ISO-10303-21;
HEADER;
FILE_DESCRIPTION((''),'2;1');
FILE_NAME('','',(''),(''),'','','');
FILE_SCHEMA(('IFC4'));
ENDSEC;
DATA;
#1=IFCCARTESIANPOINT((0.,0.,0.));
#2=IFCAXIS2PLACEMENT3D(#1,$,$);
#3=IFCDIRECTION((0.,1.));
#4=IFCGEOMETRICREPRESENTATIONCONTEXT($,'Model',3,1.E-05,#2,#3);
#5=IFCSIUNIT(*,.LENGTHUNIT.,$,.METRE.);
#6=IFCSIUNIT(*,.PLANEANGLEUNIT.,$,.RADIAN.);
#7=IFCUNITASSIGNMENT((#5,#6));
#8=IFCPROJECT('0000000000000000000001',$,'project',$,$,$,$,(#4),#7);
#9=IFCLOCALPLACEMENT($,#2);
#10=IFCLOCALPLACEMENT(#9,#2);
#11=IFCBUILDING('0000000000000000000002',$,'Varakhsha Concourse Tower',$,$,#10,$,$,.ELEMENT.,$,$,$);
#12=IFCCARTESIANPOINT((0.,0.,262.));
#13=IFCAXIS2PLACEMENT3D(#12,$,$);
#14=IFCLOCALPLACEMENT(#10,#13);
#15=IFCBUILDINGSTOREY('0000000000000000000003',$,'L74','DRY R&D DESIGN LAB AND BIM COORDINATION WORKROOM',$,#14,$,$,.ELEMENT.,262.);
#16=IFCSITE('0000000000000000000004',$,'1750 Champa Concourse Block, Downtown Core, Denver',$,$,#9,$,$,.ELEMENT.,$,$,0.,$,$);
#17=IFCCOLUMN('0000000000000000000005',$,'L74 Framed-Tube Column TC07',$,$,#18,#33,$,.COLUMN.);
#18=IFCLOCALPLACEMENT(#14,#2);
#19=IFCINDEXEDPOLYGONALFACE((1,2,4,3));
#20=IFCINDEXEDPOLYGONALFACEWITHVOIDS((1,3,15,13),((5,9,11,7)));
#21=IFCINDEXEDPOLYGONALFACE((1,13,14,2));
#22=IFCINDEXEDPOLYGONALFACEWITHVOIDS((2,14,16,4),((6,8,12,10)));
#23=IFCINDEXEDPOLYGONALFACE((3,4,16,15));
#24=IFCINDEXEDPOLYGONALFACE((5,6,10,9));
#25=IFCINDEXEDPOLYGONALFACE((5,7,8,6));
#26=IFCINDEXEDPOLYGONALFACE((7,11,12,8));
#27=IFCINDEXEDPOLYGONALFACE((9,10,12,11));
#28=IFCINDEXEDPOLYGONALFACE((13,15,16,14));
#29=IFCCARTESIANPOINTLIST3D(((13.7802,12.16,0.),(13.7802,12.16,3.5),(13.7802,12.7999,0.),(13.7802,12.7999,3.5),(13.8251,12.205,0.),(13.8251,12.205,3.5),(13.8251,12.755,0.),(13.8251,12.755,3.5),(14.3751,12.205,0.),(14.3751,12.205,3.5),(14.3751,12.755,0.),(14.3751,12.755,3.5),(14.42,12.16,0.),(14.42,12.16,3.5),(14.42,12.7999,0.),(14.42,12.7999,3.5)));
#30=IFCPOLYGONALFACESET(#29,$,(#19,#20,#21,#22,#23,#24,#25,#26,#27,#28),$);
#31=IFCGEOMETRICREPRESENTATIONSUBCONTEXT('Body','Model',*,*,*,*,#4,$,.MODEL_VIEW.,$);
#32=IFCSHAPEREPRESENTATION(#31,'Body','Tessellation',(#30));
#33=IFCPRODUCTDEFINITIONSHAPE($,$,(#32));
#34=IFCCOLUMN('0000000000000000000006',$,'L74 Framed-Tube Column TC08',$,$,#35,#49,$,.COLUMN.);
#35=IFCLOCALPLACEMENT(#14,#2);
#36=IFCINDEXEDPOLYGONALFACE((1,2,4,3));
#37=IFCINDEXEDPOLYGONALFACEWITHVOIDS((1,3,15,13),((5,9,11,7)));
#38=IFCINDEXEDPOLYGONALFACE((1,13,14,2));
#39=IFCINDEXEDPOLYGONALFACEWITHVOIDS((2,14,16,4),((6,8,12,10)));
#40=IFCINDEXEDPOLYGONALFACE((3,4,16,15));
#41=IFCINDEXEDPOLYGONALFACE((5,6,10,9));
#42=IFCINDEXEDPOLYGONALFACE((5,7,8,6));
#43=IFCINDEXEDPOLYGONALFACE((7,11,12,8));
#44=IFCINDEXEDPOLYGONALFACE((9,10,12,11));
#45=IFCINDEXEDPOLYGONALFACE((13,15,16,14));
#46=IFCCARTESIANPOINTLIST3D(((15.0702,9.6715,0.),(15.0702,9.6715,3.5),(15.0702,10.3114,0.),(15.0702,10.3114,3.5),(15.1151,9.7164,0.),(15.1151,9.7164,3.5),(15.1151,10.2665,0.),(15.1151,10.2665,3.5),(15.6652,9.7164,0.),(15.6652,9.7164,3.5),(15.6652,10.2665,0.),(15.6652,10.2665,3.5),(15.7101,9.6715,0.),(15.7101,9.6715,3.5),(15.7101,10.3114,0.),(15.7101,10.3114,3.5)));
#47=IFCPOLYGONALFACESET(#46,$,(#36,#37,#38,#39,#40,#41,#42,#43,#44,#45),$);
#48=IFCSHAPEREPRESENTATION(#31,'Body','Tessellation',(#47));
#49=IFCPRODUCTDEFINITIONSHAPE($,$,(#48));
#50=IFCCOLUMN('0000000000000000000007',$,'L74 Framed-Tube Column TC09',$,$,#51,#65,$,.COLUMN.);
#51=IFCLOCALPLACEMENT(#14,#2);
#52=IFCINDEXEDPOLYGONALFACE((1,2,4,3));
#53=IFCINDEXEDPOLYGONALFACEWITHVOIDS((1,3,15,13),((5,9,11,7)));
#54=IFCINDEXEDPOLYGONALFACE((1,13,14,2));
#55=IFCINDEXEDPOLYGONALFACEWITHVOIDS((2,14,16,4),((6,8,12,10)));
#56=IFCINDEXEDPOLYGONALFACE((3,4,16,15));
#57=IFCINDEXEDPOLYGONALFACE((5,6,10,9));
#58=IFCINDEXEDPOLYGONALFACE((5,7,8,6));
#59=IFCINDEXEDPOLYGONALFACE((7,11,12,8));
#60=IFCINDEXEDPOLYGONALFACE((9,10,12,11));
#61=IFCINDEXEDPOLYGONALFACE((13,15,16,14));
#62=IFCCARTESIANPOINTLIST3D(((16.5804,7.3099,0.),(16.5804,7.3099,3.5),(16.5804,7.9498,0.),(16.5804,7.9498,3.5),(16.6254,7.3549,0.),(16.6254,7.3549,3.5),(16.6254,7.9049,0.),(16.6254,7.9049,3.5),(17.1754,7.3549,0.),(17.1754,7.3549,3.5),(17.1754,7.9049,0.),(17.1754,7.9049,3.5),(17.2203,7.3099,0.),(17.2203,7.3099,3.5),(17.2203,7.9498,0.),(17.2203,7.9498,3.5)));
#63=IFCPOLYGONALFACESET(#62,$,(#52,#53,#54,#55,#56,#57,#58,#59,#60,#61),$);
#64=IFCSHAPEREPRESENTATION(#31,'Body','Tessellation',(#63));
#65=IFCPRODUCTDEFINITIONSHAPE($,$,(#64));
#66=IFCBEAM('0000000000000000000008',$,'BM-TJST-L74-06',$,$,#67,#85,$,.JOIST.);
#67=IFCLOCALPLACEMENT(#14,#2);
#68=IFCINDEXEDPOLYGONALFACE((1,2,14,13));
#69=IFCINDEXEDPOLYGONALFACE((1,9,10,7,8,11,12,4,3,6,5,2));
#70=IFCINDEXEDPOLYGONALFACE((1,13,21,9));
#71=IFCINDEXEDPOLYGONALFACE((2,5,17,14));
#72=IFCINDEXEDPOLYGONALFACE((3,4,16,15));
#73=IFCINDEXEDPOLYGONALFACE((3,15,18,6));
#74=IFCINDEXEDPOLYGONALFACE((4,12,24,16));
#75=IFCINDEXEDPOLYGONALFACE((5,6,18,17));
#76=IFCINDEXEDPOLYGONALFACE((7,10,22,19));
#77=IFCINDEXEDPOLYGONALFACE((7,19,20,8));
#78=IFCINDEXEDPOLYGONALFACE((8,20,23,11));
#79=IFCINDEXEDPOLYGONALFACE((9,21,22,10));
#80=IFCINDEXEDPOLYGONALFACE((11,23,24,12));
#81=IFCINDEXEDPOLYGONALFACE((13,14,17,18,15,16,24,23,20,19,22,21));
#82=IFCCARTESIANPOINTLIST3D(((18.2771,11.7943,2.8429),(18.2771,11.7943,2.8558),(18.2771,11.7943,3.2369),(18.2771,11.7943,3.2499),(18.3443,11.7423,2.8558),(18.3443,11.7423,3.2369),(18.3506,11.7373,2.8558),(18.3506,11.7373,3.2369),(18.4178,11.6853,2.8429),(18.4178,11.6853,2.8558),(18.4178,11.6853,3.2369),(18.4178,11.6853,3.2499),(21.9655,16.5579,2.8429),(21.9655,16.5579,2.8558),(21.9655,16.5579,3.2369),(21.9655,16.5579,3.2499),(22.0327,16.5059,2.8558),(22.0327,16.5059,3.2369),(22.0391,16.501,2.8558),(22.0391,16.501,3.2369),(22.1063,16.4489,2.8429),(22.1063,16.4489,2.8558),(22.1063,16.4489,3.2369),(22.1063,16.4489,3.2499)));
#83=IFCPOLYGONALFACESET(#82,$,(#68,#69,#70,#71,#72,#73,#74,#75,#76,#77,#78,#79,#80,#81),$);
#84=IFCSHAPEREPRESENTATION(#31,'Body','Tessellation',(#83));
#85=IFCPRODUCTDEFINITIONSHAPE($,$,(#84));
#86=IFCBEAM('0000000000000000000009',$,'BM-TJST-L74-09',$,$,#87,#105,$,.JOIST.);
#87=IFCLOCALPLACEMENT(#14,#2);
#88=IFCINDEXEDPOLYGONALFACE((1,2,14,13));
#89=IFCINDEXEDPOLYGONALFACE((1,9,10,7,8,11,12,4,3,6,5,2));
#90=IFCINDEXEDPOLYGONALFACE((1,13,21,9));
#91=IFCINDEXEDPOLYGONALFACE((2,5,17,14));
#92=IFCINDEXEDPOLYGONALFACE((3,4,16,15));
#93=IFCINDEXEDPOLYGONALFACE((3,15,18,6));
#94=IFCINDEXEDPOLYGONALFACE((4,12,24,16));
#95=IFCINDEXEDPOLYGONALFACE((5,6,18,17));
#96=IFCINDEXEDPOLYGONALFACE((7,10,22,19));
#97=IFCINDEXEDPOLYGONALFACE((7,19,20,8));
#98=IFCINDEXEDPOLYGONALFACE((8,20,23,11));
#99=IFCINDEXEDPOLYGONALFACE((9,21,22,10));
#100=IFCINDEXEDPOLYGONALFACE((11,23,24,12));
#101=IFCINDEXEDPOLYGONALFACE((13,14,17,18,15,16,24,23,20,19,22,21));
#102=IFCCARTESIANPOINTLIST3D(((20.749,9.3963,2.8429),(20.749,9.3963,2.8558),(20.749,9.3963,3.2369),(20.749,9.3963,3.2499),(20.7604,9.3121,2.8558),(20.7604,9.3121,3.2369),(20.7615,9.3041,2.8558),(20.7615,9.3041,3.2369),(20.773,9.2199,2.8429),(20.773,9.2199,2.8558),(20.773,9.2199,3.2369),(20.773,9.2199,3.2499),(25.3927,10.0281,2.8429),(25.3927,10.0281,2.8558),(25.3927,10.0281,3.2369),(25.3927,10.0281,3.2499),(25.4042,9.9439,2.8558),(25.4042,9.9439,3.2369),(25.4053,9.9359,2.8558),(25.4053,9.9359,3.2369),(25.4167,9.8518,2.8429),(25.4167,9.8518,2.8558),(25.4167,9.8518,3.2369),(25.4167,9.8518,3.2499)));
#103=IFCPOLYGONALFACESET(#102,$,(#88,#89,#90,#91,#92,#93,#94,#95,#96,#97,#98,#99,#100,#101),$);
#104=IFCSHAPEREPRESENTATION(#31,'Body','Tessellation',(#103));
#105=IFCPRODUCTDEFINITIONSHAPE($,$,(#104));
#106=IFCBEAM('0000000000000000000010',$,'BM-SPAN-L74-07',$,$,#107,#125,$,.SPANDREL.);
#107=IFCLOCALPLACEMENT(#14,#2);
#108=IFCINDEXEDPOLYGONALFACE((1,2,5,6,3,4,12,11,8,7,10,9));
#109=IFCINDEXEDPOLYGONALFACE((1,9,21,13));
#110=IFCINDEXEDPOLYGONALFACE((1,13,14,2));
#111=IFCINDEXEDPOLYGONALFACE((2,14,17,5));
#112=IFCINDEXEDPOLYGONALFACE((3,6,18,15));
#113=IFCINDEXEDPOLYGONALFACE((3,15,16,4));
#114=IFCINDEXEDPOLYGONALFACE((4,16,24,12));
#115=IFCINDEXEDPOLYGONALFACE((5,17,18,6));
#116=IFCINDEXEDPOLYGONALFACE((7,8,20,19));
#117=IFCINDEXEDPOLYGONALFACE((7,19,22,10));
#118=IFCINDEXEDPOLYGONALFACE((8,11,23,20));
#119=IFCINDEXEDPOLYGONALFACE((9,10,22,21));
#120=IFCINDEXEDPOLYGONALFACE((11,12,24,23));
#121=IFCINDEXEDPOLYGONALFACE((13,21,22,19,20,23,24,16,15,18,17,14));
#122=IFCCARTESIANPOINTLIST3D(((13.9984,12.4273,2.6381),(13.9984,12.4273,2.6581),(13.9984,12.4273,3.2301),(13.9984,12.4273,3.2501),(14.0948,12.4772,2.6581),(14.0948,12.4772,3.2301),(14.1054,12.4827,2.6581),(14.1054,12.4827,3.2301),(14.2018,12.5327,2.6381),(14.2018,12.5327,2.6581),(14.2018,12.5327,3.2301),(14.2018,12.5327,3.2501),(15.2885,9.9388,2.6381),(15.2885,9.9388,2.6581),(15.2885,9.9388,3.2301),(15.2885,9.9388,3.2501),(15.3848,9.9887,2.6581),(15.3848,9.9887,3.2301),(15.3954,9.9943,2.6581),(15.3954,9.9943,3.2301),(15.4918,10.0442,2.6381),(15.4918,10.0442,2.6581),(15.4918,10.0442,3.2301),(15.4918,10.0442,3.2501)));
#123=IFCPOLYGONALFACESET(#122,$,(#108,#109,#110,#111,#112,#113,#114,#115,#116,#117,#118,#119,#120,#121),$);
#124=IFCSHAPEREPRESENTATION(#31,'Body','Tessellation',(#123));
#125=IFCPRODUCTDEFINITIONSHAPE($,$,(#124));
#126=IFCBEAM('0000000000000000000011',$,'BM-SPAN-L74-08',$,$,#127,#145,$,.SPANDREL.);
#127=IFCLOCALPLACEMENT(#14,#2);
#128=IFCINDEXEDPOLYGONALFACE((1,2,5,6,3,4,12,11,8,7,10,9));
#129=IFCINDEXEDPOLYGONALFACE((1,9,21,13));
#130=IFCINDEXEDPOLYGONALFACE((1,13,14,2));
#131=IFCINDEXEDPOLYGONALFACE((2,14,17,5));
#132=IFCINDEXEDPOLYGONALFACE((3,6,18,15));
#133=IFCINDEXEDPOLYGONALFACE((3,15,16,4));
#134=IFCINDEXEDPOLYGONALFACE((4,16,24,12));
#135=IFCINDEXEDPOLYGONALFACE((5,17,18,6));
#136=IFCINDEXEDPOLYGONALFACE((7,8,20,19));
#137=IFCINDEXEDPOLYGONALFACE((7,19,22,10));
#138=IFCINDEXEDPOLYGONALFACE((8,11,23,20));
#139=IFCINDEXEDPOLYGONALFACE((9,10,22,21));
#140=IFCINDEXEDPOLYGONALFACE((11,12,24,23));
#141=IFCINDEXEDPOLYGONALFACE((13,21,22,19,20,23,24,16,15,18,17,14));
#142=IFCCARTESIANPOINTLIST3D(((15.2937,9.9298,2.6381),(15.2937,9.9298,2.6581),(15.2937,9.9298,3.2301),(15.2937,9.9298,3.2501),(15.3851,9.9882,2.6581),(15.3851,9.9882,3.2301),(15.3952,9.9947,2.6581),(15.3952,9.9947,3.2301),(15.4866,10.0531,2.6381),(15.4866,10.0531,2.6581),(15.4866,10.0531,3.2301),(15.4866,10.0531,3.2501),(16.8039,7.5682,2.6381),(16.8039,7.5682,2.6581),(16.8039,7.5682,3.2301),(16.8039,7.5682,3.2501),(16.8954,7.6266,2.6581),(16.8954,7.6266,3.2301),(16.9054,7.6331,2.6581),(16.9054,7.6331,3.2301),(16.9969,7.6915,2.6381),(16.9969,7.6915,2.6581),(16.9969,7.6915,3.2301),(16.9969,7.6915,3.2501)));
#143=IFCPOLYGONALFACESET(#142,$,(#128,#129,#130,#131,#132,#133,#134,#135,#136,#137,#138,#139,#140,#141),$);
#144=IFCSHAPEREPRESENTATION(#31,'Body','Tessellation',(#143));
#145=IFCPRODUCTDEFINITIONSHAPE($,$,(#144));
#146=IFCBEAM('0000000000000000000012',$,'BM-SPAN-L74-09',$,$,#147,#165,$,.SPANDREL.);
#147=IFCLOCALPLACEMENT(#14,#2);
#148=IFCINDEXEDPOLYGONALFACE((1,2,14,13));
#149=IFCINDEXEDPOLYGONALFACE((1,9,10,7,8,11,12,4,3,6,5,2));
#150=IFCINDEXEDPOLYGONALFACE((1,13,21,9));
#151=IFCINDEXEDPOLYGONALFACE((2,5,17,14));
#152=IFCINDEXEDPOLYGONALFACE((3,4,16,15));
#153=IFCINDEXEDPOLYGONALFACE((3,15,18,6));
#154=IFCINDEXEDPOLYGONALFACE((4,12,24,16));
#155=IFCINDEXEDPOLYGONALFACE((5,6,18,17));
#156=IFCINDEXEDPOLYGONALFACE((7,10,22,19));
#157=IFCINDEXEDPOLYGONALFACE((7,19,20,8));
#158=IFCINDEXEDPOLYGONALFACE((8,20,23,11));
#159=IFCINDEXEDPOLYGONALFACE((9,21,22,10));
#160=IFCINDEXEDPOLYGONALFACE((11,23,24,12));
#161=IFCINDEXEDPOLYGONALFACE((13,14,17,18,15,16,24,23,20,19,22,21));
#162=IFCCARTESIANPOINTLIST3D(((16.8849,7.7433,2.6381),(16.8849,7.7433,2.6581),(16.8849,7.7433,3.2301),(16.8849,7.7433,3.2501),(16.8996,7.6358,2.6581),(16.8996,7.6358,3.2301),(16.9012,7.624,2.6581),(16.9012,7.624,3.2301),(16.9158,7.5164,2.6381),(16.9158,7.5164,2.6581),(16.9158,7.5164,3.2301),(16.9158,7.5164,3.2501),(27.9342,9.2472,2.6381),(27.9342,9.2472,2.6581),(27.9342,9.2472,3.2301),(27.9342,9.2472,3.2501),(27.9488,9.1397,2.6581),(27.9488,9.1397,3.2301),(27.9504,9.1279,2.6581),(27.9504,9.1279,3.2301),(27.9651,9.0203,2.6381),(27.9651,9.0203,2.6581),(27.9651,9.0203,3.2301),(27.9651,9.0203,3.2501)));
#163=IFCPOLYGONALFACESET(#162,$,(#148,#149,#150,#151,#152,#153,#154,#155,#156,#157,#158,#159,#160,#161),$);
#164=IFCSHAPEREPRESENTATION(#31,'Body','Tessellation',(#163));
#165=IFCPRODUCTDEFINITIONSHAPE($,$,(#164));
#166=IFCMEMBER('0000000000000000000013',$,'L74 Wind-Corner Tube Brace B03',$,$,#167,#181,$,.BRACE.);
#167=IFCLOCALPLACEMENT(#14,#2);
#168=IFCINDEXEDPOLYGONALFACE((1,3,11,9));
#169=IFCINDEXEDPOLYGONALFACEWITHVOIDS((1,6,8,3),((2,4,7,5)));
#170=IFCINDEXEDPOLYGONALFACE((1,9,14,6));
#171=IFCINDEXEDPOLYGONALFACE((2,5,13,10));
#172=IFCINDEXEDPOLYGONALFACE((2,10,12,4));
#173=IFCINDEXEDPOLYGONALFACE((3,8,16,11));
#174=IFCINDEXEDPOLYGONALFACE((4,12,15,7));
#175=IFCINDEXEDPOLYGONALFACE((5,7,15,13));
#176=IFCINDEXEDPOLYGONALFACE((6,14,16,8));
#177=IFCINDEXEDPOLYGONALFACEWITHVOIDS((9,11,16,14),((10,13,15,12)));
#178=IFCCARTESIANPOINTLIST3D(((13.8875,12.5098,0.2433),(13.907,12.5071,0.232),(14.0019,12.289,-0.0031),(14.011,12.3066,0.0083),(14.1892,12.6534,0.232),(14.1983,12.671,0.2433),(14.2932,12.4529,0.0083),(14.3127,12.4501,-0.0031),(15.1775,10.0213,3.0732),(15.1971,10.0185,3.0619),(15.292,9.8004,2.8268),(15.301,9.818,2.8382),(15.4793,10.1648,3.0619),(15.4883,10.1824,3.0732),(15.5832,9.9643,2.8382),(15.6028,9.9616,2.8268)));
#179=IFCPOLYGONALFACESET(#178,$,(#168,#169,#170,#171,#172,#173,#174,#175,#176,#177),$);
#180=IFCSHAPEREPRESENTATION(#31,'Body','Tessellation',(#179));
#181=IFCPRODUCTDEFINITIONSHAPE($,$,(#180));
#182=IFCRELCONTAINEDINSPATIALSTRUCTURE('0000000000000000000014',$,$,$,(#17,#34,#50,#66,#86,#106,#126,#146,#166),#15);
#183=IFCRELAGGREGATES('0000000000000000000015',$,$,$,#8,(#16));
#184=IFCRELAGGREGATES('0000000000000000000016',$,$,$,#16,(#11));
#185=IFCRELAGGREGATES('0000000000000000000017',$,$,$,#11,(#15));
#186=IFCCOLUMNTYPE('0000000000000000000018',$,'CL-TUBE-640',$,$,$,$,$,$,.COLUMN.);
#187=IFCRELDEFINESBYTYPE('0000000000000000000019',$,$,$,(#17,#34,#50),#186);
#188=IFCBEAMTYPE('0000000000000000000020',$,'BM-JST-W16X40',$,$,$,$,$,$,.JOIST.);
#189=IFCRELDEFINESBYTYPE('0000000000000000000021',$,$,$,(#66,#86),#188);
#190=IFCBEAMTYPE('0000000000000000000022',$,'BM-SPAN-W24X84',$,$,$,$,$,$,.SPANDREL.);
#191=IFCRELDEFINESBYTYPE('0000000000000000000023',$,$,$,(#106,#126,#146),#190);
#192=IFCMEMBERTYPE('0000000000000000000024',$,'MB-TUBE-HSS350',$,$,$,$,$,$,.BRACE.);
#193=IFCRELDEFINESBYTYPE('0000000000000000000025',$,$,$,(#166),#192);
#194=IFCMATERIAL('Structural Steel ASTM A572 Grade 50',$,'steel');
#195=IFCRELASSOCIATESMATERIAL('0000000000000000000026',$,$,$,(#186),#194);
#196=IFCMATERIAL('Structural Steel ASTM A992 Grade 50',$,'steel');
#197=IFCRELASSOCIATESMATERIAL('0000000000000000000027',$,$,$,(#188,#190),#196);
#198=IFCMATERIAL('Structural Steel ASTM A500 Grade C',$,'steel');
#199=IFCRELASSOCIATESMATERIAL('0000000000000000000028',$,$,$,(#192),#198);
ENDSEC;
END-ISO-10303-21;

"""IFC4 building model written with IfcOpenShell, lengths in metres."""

from ifc_helpers import new_model, si_unit, direction, frame, origin, origin_2d, place, context, subcontext, project, spatial, hollow_rectangle, i_section, extrude, source, transform, mapped, material, material_profile, profile_set, type_object, type_shapes, element, save


model = new_model("IFC4")

# Units and contexts
model_context = context("Model", 3, precision=1e-05, world=origin(), true_north=direction((0.0, 1.0)))
body_context = subcontext(model_context, "Body", "Model", "MODEL_VIEW")
ifc_project = project(units=[si_unit("LENGTHUNIT", "METRE"), si_unit("PLANEANGLEUNIT", "RADIAN")], contexts=[model_context])

# Site, building, storey
site_placement = place(None, origin())
site = spatial("IfcSite", under=ifc_project, at=site_placement, Name="1750 Champa Concourse Block, Downtown Core, Denver", CompositionType="ELEMENT", RefElevation=0.0)
building_placement = place(site_placement, origin())
building = spatial("IfcBuilding", under=site, at=building_placement, Name="Varakhsha Concourse Tower", CompositionType="ELEMENT")
storey_placement = place(building_placement, frame((0.0, 0.0, 262.0)))
storey = spatial("IfcBuildingStorey", under=building, at=storey_placement, Name="L74", Description="DRY R&D DESIGN LAB AND BIM COORDINATION WORKROOM", CompositionType="ELEMENT", Elevation=262.0)

# Columns
ifc_material_1 = material(Name="Structural Steel ASTM A572 Grade 50", Category="steel")
ifc_material_profile_1 = material_profile(ifc_material_1, hollow_rectangle(XDim=0.6399, YDim=0.6399, WallThickness=0.0449, at=origin_2d()), Name="BOX 640x640x45")
ifc_profile_set_1 = profile_set([ifc_material_profile_1], Name="Structural Steel ASTM A572 Grade 50")
column_type = type_object("IfcColumnType", Name="CL-TUBE-640", PredefinedType="COLUMN", material=ifc_profile_set_1)
for number, where, z_axis, x_axis, name in (
    (1, (14.1001, 12.48, 0.0), (0.0, 0.0, 1.0), (1.0, 0.0, 0.0), "L74 Framed-Tube Column TC07"),
    (2, (15.3901, 9.9915, 0.0), (0.0, 0.0, 1.0), (1.0, 0.0, 0.0), "L74 Framed-Tube Column TC08"),
    (3, (16.9004, 7.6299, 0.0), (0.0, 0.0, 1.0), (1.0, 0.0, 0.0), "L74 Framed-Tube Column TC09"),
):
    element("IfcColumn", number, at=place(storey_placement, frame(where, z_axis=z_axis, x_axis=x_axis)), inside=storey, type_object=column_type, Name=name, PredefinedType="COLUMN", context=body_context, shape_type="SweptSolid", body=[
        extrude(hollow_rectangle(XDim=0.6399, YDim=0.6399, WallThickness=0.0449, at=origin_2d()), origin(), (0.0, 0.0, 1.0), 3.5),
    ])

# Beams
ifc_material_2 = material(Name="Structural Steel ASTM A992 Grade 50", Category="steel")
ifc_material_profile_2 = material_profile(ifc_material_2, i_section(OverallWidth=0.178, OverallDepth=0.407, WebThickness=0.0081, FlangeThickness=0.0129, at=origin_2d()), Name="W16X40")
ifc_profile_set_2 = profile_set([ifc_material_profile_2], Name="Structural Steel ASTM A992 Grade 50")
beam_type_1 = type_object("IfcBeamType", Name="BM-JST-W16X40", PredefinedType="JOIST", material=ifc_profile_set_2)
beam_1_placement = place(storey_placement, frame((22.0359, 16.5034, 3.0464), z_axis=(-0.612222, -0.790686, 0.0), x_axis=(0.790686, -0.612222, 0.0)))
element("IfcBeam", 4, at=beam_1_placement, inside=storey, type_object=beam_type_1, Name="BM-TJST-L74-06", PredefinedType="JOIST", context=body_context, shape_type="SweptSolid", body=[
    extrude(i_section(OverallWidth=0.178, OverallDepth=0.407, WebThickness=0.0081, FlangeThickness=0.0129, at=origin_2d()), origin(), (0.0, 0.0, 1.0), 6.0247),
])
beam_2_placement = place(storey_placement, frame((20.761, 9.3081, 3.0464), z_axis=(0.99087, 0.134818, 0.0), x_axis=(-0.134818, 0.99087, 0.0)))
element("IfcBeam", 5, at=beam_2_placement, inside=storey, type_object=beam_type_1, Name="BM-TJST-L74-09", PredefinedType="JOIST", context=body_context, shape_type="SweptSolid", body=[
    extrude(i_section(OverallWidth=0.178, OverallDepth=0.407, WebThickness=0.0081, FlangeThickness=0.0129, at=origin_2d()), origin(), (0.0, 0.0, 1.0), 4.6865),
])
ifc_material_profile_3 = material_profile(ifc_material_2, i_section(OverallWidth=0.229, OverallDepth=0.6121, WebThickness=0.012, FlangeThickness=0.02, at=origin_2d()), Name="W24X84")
ifc_profile_set_3 = profile_set([ifc_material_profile_3], Name="Structural Steel ASTM A992 Grade 50")
beam_type_2 = type_object("IfcBeamType", Name="BM-SPAN-W24X84", PredefinedType="SPANDREL", material=ifc_profile_set_3)
beam_3_placement = place(storey_placement, frame((14.1001, 12.48, 2.9441), z_axis=(0.460231, -0.887799, 0.0), x_axis=(0.887799, 0.460231, 0.0)))
element("IfcBeam", 6, at=beam_3_placement, inside=storey, type_object=beam_type_2, Name="BM-SPAN-L74-07", PredefinedType="SPANDREL", context=body_context, shape_type="SweptSolid", body=[
    extrude(i_section(OverallWidth=0.229, OverallDepth=0.6121, WebThickness=0.012, FlangeThickness=0.02, at=origin_2d()), origin(), (0.0, 0.0, 1.0), 2.803),
])
beam_4_placement = place(storey_placement, frame((15.3901, 9.9915, 2.9441), z_axis=(0.538762, -0.842458, 0.0), x_axis=(0.842458, 0.538762, 0.0)))
element("IfcBeam", 7, at=beam_4_placement, inside=storey, type_object=beam_type_2, Name="BM-SPAN-L74-08", PredefinedType="SPANDREL", context=body_context, shape_type="SweptSolid", body=[
    extrude(i_section(OverallWidth=0.229, OverallDepth=0.6121, WebThickness=0.012, FlangeThickness=0.02, at=origin_2d()), origin(), (0.0, 0.0, 1.0), 2.8032),
])
beam_5_placement = place(storey_placement, frame((16.9004, 7.6299, 2.9441), z_axis=(0.990864, 0.134865, 0.0), x_axis=(-0.134865, 0.990864, 0.0)))
element("IfcBeam", 8, at=beam_5_placement, inside=storey, type_object=beam_type_2, Name="BM-SPAN-L74-09", PredefinedType="SPANDREL", context=body_context, shape_type="SweptSolid", body=[
    extrude(i_section(OverallWidth=0.229, OverallDepth=0.6121, WebThickness=0.012, FlangeThickness=0.02, at=origin_2d()), origin(), (0.0, 0.0, 1.0), 11.1511),
])

# Member
ifc_material_3 = material(Name="Structural Steel ASTM A500 Grade C", Category="steel")
ifc_material_profile_4 = material_profile(ifc_material_3, hollow_rectangle(XDim=0.3501, YDim=0.3501, WallThickness=0.0161, at=origin_2d()), Name="HSS 350x350x16")
ifc_profile_set_4 = profile_set([ifc_material_profile_4], Name="Structural Steel ASTM A500 Grade C")
member_type_1 = type_object("IfcMemberType", Name="MB-TUBE-HSS350", PredefinedType="BRACE", material=ifc_profile_set_4)
shared_shape_1 = source(origin(), body_context, "Body", "SweptSolid", [
    extrude(hollow_rectangle(XDim=0.3501, YDim=0.3501, WallThickness=0.0161, at=origin_2d()), origin(), (0.0, 0.0, 1.0), 3.9832),
])
type_shapes(member_type_1, [shared_shape_1])
for number, where, z_axis, x_axis, name in (
    (9, (14.1001, 12.48, 0.1201), (0.32388, -0.624774, 0.710464), (0.887799, 0.460231, 0.0), "L74 Wind-Corner Tube Brace B03"),
):
    element("IfcMember", number, at=place(storey_placement, frame(where, z_axis=z_axis, x_axis=x_axis)), inside=storey, type_object=member_type_1, Name=name, PredefinedType="BRACE", context=body_context, shape_type="MappedRepresentation", body=[
        mapped(shared_shape_1, transform((0.0, 0.0, 0.0), scale=1.0)),
    ])

save(model, "model.ifc")
